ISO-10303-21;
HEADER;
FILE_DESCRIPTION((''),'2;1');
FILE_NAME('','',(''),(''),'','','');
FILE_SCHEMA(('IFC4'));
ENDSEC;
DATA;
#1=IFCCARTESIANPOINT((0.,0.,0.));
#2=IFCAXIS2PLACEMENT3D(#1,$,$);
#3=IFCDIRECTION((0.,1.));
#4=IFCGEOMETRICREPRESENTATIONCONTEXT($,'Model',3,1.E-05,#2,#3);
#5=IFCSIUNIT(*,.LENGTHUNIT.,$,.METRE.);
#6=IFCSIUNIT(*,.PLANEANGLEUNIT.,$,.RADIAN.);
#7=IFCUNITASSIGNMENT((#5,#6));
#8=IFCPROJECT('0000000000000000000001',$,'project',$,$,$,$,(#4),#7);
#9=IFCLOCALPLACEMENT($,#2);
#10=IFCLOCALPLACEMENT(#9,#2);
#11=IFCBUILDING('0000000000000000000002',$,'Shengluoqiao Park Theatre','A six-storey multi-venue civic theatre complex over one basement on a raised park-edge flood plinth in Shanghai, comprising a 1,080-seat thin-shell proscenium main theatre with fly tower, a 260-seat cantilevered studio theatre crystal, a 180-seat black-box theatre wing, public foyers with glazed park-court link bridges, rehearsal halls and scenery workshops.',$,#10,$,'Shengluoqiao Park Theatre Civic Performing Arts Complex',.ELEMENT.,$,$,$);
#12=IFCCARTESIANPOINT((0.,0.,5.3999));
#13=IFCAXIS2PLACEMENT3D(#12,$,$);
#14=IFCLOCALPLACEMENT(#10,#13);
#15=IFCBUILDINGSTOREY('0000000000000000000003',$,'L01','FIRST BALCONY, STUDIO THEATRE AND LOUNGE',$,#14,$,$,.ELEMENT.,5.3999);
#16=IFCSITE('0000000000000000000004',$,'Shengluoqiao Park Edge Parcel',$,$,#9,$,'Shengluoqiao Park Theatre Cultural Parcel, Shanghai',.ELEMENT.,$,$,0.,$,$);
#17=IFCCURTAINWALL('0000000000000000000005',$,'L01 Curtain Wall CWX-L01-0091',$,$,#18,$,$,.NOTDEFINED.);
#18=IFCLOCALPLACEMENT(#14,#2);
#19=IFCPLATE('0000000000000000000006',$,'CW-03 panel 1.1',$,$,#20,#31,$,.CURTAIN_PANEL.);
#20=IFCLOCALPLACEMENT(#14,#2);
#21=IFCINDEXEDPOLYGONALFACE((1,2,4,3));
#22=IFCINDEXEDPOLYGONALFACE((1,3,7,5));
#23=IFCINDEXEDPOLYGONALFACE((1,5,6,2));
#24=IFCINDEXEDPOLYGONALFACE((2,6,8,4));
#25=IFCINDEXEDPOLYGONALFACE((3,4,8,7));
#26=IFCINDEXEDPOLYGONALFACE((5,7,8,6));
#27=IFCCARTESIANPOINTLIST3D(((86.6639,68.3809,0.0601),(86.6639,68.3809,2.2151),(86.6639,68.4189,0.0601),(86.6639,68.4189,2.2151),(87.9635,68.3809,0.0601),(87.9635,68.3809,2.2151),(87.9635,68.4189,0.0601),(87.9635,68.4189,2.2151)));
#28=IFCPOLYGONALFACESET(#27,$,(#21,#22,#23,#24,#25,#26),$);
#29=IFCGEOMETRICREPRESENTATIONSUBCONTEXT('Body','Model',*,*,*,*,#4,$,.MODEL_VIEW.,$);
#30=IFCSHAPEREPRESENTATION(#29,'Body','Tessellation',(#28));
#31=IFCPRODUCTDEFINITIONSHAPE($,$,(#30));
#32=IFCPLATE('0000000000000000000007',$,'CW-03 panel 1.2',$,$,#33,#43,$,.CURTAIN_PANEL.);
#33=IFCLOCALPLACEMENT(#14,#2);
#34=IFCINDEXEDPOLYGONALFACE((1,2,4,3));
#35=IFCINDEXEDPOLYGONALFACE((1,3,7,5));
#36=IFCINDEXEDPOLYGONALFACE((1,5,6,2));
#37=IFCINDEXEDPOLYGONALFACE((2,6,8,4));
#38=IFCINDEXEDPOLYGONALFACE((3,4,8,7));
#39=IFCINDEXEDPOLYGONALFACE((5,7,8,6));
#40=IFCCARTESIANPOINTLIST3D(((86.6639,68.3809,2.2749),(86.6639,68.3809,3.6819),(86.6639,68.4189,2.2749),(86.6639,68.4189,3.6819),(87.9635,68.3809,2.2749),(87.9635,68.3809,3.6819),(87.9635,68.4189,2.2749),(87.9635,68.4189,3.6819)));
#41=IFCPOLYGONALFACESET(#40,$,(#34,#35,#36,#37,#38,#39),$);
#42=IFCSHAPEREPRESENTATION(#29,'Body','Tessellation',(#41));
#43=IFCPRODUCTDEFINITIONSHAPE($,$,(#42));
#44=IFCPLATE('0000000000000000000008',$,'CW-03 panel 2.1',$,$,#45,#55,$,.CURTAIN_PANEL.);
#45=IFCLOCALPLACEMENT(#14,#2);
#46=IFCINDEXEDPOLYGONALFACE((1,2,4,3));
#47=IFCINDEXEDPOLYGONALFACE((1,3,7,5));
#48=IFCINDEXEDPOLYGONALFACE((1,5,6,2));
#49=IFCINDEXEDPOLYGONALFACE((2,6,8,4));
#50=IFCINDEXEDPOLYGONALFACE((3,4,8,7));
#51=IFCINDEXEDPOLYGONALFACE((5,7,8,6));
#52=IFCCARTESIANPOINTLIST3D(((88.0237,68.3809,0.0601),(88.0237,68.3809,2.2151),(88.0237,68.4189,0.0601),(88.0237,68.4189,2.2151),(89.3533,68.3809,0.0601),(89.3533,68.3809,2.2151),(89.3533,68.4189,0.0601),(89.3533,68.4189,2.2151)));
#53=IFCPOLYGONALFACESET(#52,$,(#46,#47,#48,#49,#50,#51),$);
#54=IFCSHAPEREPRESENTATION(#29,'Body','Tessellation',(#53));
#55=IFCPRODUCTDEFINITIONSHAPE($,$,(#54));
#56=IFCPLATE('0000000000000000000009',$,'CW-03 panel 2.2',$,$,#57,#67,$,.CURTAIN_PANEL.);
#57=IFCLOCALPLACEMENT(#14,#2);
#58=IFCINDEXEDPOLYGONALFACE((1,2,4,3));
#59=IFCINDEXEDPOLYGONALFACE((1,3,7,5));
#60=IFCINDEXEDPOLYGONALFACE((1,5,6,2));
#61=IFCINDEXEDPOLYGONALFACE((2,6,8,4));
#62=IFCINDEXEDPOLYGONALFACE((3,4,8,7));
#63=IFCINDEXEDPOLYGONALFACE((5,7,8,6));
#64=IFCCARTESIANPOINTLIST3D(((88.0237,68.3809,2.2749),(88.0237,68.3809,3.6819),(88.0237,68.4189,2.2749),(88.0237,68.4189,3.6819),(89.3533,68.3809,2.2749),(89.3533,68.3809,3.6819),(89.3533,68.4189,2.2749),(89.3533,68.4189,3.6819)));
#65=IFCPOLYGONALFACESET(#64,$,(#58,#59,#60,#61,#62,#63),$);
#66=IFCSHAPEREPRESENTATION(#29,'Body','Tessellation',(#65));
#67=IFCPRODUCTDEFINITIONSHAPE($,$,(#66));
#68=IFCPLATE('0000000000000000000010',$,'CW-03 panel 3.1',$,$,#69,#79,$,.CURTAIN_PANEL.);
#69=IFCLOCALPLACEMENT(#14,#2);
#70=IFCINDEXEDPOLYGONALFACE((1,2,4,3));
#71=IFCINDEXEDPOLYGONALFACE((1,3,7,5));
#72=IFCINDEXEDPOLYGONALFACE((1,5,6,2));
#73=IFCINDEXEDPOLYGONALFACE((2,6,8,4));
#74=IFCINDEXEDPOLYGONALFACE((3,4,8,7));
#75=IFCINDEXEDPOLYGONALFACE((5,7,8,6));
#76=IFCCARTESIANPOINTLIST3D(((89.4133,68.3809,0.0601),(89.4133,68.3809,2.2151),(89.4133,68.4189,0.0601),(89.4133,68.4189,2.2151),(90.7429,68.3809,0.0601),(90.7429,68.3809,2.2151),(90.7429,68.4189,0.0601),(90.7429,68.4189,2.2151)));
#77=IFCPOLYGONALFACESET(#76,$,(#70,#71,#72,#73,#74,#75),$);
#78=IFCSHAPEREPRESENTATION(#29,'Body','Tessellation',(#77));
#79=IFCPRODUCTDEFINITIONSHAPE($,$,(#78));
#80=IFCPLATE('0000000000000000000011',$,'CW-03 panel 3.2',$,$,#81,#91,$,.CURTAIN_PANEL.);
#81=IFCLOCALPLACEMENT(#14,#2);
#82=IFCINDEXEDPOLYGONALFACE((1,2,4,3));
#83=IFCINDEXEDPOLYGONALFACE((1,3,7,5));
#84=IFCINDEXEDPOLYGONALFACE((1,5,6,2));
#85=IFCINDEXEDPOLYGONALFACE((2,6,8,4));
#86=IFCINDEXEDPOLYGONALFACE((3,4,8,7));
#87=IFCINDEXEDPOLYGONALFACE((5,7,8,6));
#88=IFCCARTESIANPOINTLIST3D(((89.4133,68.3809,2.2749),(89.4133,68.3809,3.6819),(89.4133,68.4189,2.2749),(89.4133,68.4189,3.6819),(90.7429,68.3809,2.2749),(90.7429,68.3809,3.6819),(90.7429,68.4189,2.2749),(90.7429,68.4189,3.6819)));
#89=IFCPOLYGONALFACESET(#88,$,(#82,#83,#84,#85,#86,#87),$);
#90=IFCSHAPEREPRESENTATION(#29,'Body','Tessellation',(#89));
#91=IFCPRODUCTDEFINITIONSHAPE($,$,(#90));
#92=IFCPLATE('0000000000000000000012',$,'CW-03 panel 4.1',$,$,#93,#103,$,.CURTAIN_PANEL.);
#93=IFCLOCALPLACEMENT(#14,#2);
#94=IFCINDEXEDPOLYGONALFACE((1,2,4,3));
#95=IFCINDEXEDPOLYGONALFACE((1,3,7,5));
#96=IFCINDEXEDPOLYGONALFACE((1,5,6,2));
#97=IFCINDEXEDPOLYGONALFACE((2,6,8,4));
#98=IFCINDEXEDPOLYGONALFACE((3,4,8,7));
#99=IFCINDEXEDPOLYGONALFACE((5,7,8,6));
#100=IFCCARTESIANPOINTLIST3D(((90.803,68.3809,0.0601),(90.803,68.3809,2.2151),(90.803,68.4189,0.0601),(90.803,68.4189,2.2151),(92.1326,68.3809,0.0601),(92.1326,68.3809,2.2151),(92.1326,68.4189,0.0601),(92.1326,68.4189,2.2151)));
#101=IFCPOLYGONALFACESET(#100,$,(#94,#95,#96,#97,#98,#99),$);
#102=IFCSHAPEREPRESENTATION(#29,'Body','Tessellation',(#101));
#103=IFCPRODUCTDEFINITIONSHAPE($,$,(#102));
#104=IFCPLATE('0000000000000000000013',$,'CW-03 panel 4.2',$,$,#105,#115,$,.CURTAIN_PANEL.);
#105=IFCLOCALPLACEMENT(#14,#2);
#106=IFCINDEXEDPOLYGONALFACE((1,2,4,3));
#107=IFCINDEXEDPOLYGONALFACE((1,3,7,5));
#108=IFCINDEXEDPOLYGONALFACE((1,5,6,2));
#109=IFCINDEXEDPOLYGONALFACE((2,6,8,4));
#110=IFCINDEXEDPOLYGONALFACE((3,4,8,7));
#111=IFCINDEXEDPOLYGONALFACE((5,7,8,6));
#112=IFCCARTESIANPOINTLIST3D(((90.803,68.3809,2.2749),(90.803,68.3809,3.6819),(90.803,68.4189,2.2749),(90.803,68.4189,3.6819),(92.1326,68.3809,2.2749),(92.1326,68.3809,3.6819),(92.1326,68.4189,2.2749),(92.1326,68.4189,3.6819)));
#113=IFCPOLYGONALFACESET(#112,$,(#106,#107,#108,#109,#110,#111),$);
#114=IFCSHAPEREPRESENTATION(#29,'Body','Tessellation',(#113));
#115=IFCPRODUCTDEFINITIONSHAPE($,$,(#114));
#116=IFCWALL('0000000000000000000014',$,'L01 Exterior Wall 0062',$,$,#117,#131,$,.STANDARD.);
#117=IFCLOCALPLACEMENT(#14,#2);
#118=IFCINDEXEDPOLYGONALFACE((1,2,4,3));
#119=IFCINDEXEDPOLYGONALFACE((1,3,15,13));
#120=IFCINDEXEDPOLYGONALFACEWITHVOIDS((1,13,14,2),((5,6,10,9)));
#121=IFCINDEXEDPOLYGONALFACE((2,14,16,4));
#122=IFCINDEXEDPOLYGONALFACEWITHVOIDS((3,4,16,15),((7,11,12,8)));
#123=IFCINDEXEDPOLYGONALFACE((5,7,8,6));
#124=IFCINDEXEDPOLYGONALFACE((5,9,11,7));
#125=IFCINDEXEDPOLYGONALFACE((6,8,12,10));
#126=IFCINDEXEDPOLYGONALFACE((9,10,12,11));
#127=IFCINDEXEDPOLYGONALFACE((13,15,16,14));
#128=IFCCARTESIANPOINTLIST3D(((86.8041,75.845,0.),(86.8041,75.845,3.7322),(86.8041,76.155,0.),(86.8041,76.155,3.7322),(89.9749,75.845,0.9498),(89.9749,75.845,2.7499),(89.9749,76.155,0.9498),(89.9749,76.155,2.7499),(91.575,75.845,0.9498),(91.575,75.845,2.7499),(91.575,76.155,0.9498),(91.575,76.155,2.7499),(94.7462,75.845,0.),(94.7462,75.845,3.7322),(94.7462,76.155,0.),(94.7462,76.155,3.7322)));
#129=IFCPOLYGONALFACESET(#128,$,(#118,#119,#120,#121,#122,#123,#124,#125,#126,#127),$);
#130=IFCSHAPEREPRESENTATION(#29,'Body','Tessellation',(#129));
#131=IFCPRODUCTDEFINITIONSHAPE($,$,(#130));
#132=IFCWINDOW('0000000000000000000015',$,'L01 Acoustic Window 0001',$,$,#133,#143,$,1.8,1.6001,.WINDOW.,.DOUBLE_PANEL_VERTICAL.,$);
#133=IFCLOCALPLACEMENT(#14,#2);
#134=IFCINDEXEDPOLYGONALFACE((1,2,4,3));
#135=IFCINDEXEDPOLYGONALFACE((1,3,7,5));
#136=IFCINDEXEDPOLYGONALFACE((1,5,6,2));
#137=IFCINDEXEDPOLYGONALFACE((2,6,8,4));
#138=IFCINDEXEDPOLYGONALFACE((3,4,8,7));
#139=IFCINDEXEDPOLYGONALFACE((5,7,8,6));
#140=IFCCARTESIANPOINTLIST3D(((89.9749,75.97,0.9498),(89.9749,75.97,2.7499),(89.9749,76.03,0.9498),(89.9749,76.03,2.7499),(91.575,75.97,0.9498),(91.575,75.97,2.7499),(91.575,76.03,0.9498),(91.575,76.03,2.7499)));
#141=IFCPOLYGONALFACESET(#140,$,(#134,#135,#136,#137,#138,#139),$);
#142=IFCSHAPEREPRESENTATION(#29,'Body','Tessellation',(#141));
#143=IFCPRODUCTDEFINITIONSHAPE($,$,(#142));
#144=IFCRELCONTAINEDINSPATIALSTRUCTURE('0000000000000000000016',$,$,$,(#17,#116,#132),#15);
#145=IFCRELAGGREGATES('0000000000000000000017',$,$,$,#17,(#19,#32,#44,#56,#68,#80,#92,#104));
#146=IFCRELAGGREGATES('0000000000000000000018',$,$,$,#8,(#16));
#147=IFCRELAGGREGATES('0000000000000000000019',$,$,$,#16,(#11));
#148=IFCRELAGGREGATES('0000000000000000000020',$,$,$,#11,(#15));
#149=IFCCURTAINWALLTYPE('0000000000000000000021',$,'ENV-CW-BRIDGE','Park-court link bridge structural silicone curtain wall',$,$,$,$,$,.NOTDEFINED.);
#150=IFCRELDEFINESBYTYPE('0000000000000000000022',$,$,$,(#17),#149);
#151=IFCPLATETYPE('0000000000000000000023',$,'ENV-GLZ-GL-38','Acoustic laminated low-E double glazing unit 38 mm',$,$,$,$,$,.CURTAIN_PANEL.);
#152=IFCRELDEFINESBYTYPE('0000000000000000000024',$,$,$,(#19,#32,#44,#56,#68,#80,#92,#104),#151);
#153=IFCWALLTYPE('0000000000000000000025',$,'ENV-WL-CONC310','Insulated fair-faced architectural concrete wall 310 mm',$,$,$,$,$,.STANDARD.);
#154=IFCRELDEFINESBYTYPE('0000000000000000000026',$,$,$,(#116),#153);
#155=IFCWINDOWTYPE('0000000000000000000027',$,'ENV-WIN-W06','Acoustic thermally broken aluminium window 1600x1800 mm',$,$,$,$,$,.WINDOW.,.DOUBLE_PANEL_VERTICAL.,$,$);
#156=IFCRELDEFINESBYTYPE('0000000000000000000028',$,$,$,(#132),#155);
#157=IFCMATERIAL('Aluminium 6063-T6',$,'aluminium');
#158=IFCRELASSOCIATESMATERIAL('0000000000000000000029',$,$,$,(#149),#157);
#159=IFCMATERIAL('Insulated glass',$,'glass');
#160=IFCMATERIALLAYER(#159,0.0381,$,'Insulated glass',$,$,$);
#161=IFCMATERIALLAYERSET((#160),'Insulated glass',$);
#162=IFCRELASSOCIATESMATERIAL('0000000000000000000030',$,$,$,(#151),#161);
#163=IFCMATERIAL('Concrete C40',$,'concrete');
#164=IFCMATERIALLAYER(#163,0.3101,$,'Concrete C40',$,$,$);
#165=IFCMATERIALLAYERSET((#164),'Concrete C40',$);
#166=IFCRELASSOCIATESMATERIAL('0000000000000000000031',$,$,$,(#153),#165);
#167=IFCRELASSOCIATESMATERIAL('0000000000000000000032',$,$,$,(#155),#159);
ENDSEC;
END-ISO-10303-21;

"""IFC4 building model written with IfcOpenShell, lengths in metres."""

from ifc_helpers import new_model, si_unit, direction, frame, frame_2d, origin, origin_2d, place, context, subcontext, project, spatial, rectangle, extrude, material, layer, layer_set, type_object, element, fill, aggregate, save


model = new_model("IFC4")

# Units and contexts
model_context = context("Model", 3, precision=1e-05, world=origin(), true_north=direction((0.0, 1.0)))
body_context = subcontext(model_context, "Body", "Model", "MODEL_VIEW")
ifc_project = project(units=[si_unit("LENGTHUNIT", "METRE"), si_unit("PLANEANGLEUNIT", "RADIAN")], contexts=[model_context])

# Site, building, storey
site_placement = place(None, origin())
site = spatial("IfcSite", under=ifc_project, at=site_placement, Name="Shengluoqiao Park Edge Parcel", LongName="Shengluoqiao Park Theatre Cultural Parcel, Shanghai", CompositionType="ELEMENT", RefElevation=0.0)
building_placement = place(site_placement, origin())
building = spatial("IfcBuilding", under=site, at=building_placement, Name="Shengluoqiao Park Theatre", Description="A six-storey multi-venue civic theatre complex over one basement on a raised park-edge flood plinth in Shanghai, comprising a 1,080-seat thin-shell proscenium main theatre with fly tower, a 260-seat cantilevered studio theatre crystal, a 180-seat black-box theatre wing, public foyers with glazed park-court link bridges, rehearsal halls and scenery workshops.", LongName="Shengluoqiao Park Theatre Civic Performing Arts Complex", CompositionType="ELEMENT")
storey_placement = place(building_placement, frame((0.0, 0.0, 5.3999)))
storey = spatial("IfcBuildingStorey", under=building, at=storey_placement, Name="L01", Description="FIRST BALCONY, STUDIO THEATRE AND LOUNGE", CompositionType="ELEMENT", Elevation=5.3999)

# Curtain wall
ifc_material_1 = material(Name="Aluminium 6063-T6", Category="aluminium")
curtain_wall_type = type_object("IfcCurtainWallType", Name="ENV-CW-BRIDGE", Description="Park-court link bridge structural silicone curtain wall", PredefinedType="NOTDEFINED", material=ifc_material_1)
curtain_wall_placement = place(storey_placement, origin())
curtain_wall = element("IfcCurtainWall", 1, at=curtain_wall_placement, inside=storey, type_object=curtain_wall_type, Name="L01 Curtain Wall CWX-L01-0091", PredefinedType="NOTDEFINED")

# Plates
ifc_material_2 = material(Name="Insulated glass", Category="glass")
ifc_layer_1 = layer(ifc_material_2, 0.0381, Name="Insulated glass")
ifc_layer_set_1 = layer_set([ifc_layer_1], Name="Insulated glass")
plate_type = type_object("IfcPlateType", Name="ENV-GLZ-GL-38", Description="Acoustic laminated low-E double glazing unit 38 mm", PredefinedType="CURTAIN_PANEL", material=ifc_layer_set_1)
plate_1_placement = place(storey_placement, frame((87.3137, 68.3999, 0.0601), z_axis=(0.0, 0.0, 1.0), x_axis=(1.0, 0.0, 0.0)))
plate_1 = element("IfcPlate", 2, at=plate_1_placement, type_object=plate_type, Name="CW-03 panel 1.1", PredefinedType="CURTAIN_PANEL", context=body_context, shape_type="SweptSolid", body=[
    extrude(rectangle(XDim=1.2996, YDim=0.0381, at=origin_2d()), origin(), (0.0, 0.0, 1.0), 2.155),
])
plate_2_placement = place(storey_placement, frame((87.3137, 68.3999, 2.2749), z_axis=(0.0, 0.0, 1.0), x_axis=(1.0, 0.0, 0.0)))
plate_2 = element("IfcPlate", 3, at=plate_2_placement, type_object=plate_type, Name="CW-03 panel 1.2", PredefinedType="CURTAIN_PANEL", context=body_context, shape_type="SweptSolid", body=[
    extrude(rectangle(XDim=1.2996, YDim=0.0381, at=origin_2d()), origin(), (0.0, 0.0, 1.0), 1.407),
])
plate_3_placement = place(storey_placement, frame((88.6885, 68.3999, 0.0601), z_axis=(0.0, 0.0, 1.0), x_axis=(1.0, 0.0, 0.0)))
plate_3 = element("IfcPlate", 4, at=plate_3_placement, type_object=plate_type, Name="CW-03 panel 2.1", PredefinedType="CURTAIN_PANEL", context=body_context, shape_type="SweptSolid", body=[
    extrude(rectangle(XDim=1.3296, YDim=0.0381, at=origin_2d()), origin(), (0.0, 0.0, 1.0), 2.155),
])
plate_4_placement = place(storey_placement, frame((88.6885, 68.3999, 2.2749), z_axis=(0.0, 0.0, 1.0), x_axis=(1.0, 0.0, 0.0)))
plate_4 = element("IfcPlate", 5, at=plate_4_placement, type_object=plate_type, Name="CW-03 panel 2.2", PredefinedType="CURTAIN_PANEL", context=body_context, shape_type="SweptSolid", body=[
    extrude(rectangle(XDim=1.3296, YDim=0.0381, at=origin_2d()), origin(), (0.0, 0.0, 1.0), 1.407),
])
plate_5_placement = place(storey_placement, frame((90.0781, 68.3999, 0.0601), z_axis=(0.0, 0.0, 1.0), x_axis=(1.0, 0.0, 0.0)))
plate_5 = element("IfcPlate", 6, at=plate_5_placement, type_object=plate_type, Name="CW-03 panel 3.1", PredefinedType="CURTAIN_PANEL", context=body_context, shape_type="SweptSolid", body=[
    extrude(rectangle(XDim=1.3296, YDim=0.0381, at=origin_2d()), origin(), (0.0, 0.0, 1.0), 2.155),
])
plate_6_placement = place(storey_placement, frame((90.0781, 68.3999, 2.2749), z_axis=(0.0, 0.0, 1.0), x_axis=(1.0, 0.0, 0.0)))
plate_6 = element("IfcPlate", 7, at=plate_6_placement, type_object=plate_type, Name="CW-03 panel 3.2", PredefinedType="CURTAIN_PANEL", context=body_context, shape_type="SweptSolid", body=[
    extrude(rectangle(XDim=1.3296, YDim=0.0381, at=origin_2d()), origin(), (0.0, 0.0, 1.0), 1.407),
])
plate_7_placement = place(storey_placement, frame((91.4678, 68.3999, 0.0601), z_axis=(0.0, 0.0, 1.0), x_axis=(1.0, 0.0, 0.0)))
plate_7 = element("IfcPlate", 8, at=plate_7_placement, type_object=plate_type, Name="CW-03 panel 4.1", PredefinedType="CURTAIN_PANEL", context=body_context, shape_type="SweptSolid", body=[
    extrude(rectangle(XDim=1.3296, YDim=0.0381, at=origin_2d()), origin(), (0.0, 0.0, 1.0), 2.155),
])
plate_8_placement = place(storey_placement, frame((91.4678, 68.3999, 2.2749), z_axis=(0.0, 0.0, 1.0), x_axis=(1.0, 0.0, 0.0)))
plate_8 = element("IfcPlate", 9, at=plate_8_placement, type_object=plate_type, Name="CW-03 panel 4.2", PredefinedType="CURTAIN_PANEL", context=body_context, shape_type="SweptSolid", body=[
    extrude(rectangle(XDim=1.3296, YDim=0.0381, at=origin_2d()), origin(), (0.0, 0.0, 1.0), 1.407),
])
aggregate(curtain_wall, [plate_1, plate_2, plate_3, plate_4, plate_5, plate_6, plate_7, plate_8])

# Wall, opening, window
ifc_material_3 = material(Name="Concrete C40", Category="concrete")
ifc_layer_2 = layer(ifc_material_3, 0.3101, Name="Concrete C40")
ifc_layer_set_2 = layer_set([ifc_layer_2], Name="Concrete C40")
wall_type = type_object("IfcWallType", Name="ENV-WL-CONC310", Description="Insulated fair-faced architectural concrete wall 310 mm", PredefinedType="STANDARD", material=ifc_layer_set_2)
wall_placement = place(storey_placement, frame((86.804, 76.0, 0.0), z_axis=(0.0, 0.0, 1.0), x_axis=(1.0, 0.0, 0.0)))
wall = element("IfcWall", 10, at=wall_placement, inside=storey, type_object=wall_type, Name="L01 Exterior Wall 0062", PredefinedType="STANDARD", context=body_context, shape_type="SweptSolid", body=[
    extrude(rectangle(XDim=7.9421, YDim=0.3101, at=frame_2d((3.9712, 0.0))), origin(), (0.0, 0.0, 1.0), 3.7322),
])
opening_placement = place(wall_placement, frame((3.1709, 0.0, 0.95)))
opening = element("IfcOpeningElement", 11, at=opening_placement, cuts=wall, PredefinedType="OPENING", context=body_context, shape_type="SweptSolid", body=[
    extrude(rectangle(XDim=1.6001, YDim=1.8, at=frame_2d((0.8, 0.8999))), frame((0.0, 0.165, 0.0), z_axis=(0.0, -1.0, 0.0), x_axis=(1.0, 0.0, 0.0)), (0.0, 0.0, 1.0), 0.3301),
])
window_type = type_object("IfcWindowType", Name="ENV-WIN-W06", Description="Acoustic thermally broken aluminium window 1600x1800 mm", PartitioningType="DOUBLE_PANEL_VERTICAL", PredefinedType="WINDOW", material=ifc_material_2)
window_placement = place(opening_placement, origin())
window = element("IfcWindow", 12, at=window_placement, inside=storey, type_object=window_type, Name="L01 Acoustic Window 0001", OverallHeight=1.8, OverallWidth=1.6001, PartitioningType="DOUBLE_PANEL_VERTICAL", PredefinedType="WINDOW", context=body_context, shape_type="SweptSolid", body=[
    extrude(rectangle(XDim=1.6001, YDim=1.8, at=frame_2d((0.8, 0.8999))), frame((0.0, 0.03, 0.0), z_axis=(0.0, -1.0, 0.0), x_axis=(1.0, 0.0, 0.0)), (0.0, 0.0, 1.0), 0.0601),
])
fill(opening, window)

save(model, "model.ifc")
